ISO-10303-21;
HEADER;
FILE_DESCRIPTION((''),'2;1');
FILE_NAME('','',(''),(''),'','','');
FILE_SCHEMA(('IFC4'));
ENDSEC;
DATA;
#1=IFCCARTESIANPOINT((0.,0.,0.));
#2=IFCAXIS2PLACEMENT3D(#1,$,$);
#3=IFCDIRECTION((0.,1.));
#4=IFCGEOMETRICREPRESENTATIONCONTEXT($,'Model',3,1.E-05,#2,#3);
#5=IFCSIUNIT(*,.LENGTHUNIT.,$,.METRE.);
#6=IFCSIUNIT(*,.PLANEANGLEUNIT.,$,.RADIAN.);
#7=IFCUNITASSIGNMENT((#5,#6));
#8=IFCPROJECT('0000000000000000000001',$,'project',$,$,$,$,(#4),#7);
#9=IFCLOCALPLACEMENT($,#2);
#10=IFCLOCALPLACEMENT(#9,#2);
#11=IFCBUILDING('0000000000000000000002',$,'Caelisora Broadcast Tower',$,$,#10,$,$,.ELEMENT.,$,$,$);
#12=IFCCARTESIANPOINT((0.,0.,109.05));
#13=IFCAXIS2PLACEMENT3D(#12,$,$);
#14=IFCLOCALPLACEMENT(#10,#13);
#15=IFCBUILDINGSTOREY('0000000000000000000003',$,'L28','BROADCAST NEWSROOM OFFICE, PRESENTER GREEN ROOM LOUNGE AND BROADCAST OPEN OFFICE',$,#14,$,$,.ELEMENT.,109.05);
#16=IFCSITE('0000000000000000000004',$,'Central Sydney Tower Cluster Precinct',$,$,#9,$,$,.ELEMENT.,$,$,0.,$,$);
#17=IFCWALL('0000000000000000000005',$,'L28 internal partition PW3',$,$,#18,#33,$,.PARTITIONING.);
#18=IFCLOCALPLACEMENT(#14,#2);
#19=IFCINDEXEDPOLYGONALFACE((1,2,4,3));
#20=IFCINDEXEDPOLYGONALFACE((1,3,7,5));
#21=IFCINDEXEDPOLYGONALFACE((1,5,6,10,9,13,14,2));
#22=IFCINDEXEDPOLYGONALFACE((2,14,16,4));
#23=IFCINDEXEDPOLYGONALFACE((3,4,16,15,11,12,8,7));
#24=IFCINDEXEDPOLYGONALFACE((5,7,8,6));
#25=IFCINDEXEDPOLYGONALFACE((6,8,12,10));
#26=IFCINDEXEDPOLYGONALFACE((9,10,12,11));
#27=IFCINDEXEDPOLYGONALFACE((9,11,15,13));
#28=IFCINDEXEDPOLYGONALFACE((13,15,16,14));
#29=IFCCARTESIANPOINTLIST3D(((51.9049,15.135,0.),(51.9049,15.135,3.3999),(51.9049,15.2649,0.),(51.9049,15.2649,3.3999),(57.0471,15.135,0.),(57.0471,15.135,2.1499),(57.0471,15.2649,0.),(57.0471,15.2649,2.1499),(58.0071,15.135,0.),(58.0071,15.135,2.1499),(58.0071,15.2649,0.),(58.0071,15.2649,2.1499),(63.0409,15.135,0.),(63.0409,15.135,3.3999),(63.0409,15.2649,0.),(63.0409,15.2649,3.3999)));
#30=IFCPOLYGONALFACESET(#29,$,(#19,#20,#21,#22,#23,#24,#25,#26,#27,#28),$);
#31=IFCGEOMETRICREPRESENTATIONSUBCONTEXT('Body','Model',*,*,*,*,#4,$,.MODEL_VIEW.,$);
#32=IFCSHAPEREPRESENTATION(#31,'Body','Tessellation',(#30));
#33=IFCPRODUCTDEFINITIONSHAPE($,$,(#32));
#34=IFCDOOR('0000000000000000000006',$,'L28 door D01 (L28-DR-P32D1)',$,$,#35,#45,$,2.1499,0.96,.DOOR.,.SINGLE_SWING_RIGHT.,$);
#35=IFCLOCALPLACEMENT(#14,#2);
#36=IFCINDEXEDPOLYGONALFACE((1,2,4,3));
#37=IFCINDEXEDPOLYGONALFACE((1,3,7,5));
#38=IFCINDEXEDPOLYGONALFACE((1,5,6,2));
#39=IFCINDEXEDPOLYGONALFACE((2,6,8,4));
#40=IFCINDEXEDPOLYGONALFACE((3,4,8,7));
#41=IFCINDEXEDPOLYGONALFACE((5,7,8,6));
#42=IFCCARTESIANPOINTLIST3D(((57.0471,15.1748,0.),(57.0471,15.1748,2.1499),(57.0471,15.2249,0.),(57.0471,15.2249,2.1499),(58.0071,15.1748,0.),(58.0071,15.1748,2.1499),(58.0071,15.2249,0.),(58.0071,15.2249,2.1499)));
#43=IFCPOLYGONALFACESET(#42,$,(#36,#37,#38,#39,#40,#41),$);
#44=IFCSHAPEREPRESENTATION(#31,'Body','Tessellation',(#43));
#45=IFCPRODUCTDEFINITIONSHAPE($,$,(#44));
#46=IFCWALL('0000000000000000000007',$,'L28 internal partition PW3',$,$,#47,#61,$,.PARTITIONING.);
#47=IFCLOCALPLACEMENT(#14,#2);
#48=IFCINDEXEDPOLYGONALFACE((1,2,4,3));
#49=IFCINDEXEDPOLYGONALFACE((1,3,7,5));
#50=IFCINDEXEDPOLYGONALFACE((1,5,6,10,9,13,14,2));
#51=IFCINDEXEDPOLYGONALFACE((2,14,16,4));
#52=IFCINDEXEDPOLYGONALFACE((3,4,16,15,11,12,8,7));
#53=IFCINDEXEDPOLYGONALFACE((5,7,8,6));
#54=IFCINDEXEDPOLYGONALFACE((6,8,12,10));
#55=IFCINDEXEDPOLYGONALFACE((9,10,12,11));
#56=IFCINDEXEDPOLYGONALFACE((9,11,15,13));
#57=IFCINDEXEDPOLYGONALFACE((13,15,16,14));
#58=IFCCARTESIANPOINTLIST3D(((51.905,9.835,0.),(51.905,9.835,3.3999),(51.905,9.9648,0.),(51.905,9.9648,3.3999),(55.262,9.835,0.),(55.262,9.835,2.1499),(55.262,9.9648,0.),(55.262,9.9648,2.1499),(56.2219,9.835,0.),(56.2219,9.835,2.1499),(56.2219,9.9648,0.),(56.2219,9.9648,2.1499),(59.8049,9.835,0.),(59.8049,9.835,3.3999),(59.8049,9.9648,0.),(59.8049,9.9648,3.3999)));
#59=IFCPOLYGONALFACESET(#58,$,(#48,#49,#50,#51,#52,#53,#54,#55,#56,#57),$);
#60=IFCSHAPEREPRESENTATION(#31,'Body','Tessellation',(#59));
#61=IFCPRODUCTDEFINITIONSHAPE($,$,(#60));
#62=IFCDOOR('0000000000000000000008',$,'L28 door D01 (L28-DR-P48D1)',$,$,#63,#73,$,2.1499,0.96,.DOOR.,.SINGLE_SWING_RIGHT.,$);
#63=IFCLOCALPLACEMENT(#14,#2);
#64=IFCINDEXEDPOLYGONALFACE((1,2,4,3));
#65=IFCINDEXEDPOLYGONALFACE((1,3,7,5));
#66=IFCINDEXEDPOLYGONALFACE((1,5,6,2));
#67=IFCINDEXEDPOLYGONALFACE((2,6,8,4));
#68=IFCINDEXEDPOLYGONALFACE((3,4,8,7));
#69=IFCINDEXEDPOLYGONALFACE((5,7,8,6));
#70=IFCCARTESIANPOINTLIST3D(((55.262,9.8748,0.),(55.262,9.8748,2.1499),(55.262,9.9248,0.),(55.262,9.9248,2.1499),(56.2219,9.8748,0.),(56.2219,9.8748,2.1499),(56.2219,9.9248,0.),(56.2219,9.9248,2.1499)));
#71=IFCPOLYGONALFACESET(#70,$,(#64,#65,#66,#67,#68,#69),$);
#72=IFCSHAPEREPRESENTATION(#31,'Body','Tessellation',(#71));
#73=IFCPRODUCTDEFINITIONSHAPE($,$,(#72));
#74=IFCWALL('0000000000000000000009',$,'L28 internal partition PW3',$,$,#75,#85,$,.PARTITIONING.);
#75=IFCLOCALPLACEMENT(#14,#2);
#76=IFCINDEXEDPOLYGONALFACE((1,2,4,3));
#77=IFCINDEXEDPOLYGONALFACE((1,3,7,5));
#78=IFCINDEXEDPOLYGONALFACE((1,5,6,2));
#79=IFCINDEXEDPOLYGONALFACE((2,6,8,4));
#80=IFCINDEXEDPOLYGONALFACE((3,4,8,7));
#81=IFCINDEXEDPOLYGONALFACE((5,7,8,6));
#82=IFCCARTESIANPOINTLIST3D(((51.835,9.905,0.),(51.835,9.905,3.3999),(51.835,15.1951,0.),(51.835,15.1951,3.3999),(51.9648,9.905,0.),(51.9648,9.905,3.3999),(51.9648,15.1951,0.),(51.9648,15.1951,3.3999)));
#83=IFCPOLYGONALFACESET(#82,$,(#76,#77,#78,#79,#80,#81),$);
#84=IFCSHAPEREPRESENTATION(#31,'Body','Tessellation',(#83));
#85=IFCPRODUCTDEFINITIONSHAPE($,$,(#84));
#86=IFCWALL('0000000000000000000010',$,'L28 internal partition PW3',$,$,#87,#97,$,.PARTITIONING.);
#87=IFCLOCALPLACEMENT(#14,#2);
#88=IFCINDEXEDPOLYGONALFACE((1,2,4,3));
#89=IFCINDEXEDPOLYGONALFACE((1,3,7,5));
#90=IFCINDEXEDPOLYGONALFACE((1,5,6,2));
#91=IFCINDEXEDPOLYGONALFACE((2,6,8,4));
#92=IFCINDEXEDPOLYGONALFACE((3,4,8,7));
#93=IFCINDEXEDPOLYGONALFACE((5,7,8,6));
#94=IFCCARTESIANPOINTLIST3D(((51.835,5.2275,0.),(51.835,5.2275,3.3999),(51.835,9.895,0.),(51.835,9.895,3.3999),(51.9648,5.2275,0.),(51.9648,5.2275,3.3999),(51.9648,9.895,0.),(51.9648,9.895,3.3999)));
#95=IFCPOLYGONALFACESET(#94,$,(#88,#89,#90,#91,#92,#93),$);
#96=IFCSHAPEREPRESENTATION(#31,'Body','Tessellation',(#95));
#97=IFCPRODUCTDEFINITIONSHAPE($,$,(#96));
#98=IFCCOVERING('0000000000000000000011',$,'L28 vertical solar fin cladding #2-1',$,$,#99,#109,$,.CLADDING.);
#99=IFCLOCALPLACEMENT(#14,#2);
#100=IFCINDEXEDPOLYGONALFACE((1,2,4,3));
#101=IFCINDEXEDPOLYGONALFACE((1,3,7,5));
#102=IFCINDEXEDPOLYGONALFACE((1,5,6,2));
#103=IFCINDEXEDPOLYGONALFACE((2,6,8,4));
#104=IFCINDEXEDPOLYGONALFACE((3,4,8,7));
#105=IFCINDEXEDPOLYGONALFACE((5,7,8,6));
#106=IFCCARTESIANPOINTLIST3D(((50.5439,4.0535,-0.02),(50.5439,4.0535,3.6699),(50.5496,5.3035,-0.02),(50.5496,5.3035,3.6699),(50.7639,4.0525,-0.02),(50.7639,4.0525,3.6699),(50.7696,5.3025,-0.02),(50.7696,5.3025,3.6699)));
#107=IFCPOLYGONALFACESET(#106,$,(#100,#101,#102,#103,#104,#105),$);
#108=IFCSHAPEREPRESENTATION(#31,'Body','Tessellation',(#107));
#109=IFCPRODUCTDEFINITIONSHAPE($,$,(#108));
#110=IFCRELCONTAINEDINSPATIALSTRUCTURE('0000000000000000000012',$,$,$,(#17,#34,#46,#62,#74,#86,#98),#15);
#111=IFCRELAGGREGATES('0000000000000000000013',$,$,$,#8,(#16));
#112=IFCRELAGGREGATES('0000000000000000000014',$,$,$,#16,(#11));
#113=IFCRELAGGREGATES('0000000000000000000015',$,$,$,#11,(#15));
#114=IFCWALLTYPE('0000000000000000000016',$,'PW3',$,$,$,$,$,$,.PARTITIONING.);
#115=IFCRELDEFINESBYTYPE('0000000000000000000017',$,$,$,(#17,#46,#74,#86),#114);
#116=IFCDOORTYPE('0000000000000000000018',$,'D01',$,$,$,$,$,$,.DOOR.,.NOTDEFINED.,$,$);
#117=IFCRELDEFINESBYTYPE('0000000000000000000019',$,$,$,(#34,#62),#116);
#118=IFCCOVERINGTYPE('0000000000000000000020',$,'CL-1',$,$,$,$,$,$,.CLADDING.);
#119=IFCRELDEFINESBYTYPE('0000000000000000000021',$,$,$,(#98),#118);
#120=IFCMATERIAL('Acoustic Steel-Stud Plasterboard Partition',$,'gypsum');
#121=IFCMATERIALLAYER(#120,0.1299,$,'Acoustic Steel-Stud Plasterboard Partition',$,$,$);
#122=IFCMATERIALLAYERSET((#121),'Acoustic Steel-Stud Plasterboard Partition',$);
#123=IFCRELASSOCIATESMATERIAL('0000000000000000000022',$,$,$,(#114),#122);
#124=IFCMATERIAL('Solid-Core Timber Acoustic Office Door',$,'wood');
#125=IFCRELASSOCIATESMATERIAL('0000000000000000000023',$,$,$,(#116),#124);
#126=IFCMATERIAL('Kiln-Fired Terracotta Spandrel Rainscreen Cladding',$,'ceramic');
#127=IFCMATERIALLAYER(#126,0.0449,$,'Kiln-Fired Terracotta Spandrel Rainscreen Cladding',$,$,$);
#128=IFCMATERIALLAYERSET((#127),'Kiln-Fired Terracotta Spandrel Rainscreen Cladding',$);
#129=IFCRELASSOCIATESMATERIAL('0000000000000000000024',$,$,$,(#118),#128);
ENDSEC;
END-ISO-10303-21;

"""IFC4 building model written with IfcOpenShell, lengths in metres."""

from ifc_helpers import new_model, si_unit, direction, frame, frame_2d, origin, origin_2d, place, context, subcontext, project, spatial, rectangle, extrude, source, transform, mapped, material, layer, layer_set, type_object, type_shapes, element, fill, save


model = new_model("IFC4")

# Units and contexts
model_context = context("Model", 3, precision=1e-05, world=origin(), true_north=direction((0.0, 1.0)))
body_context = subcontext(model_context, "Body", "Model", "MODEL_VIEW")
ifc_project = project(units=[si_unit("LENGTHUNIT", "METRE"), si_unit("PLANEANGLEUNIT", "RADIAN")], contexts=[model_context])

# Site, building, storey
site_placement = place(None, origin())
site = spatial("IfcSite", under=ifc_project, at=site_placement, Name="Central Sydney Tower Cluster Precinct", CompositionType="ELEMENT", RefElevation=0.0)
building_placement = place(site_placement, origin())
building = spatial("IfcBuilding", under=site, at=building_placement, Name="Caelisora Broadcast Tower", CompositionType="ELEMENT")
storey_placement = place(building_placement, frame((0.0, 0.0, 109.05)))
storey = spatial("IfcBuildingStorey", under=building, at=storey_placement, Name="L28", Description="BROADCAST NEWSROOM OFFICE, PRESENTER GREEN ROOM LOUNGE AND BROADCAST OPEN OFFICE", CompositionType="ELEMENT", Elevation=109.05)

# Walls, openings, doors
ifc_material_1 = material(Name="Acoustic Steel-Stud Plasterboard Partition", Category="gypsum")
ifc_layer_1 = layer(ifc_material_1, 0.1299, Name="Acoustic Steel-Stud Plasterboard Partition")
ifc_layer_set_1 = layer_set([ifc_layer_1], Name="Acoustic Steel-Stud Plasterboard Partition")
wall_type_1 = type_object("IfcWallType", Name="PW3", PredefinedType="PARTITIONING", material=ifc_layer_set_1)
wall_1_placement = place(storey_placement, frame((51.905, 15.2, 0.0), z_axis=(0.0, 0.0, 1.0), x_axis=(1.0, 0.0, 0.0)))
wall_1 = element("IfcWall", 1, at=wall_1_placement, inside=storey, type_object=wall_type_1, Name="L28 internal partition PW3", PredefinedType="PARTITIONING", context=body_context, shape_type="SweptSolid", body=[
    extrude(rectangle(XDim=11.136, YDim=0.1299, at=frame_2d((5.5679, 0.0))), origin(), (0.0, 0.0, 1.0), 3.3999),
])
opening_1_placement = place(wall_1_placement, frame((5.1421, 0.0, 0.0)))
opening_1 = element("IfcOpeningElement", 2, at=opening_1_placement, cuts=wall_1, PredefinedType="OPENING", context=body_context, shape_type="SweptSolid", body=[
    extrude(rectangle(XDim=0.96, YDim=2.1499, at=frame_2d((0.48, 1.075))), frame((0.0, 0.0769, 0.0), z_axis=(0.0, -1.0, 0.0), x_axis=(1.0, 0.0, 0.0)), (0.0, 0.0, 1.0), 0.1538),
])
ifc_material_2 = material(Name="Solid-Core Timber Acoustic Office Door", Category="wood")
door_type = type_object("IfcDoorType", Name="D01", OperationType="NOTDEFINED", PredefinedType="DOOR", material=ifc_material_2)
door_1_placement = place(opening_1_placement, origin())
door_1 = element("IfcDoor", 3, at=door_1_placement, inside=storey, type_object=door_type, Name="L28 door D01 (L28-DR-P32D1)", OperationType="SINGLE_SWING_RIGHT", OverallHeight=2.1499, OverallWidth=0.96, PredefinedType="DOOR", context=body_context, shape_type="SweptSolid", body=[
    extrude(rectangle(XDim=0.96, YDim=2.1499, at=frame_2d((0.48, 1.075))), frame((0.0, 0.0249, 0.0), z_axis=(0.0, -1.0, 0.0), x_axis=(1.0, 0.0, 0.0)), (0.0, 0.0, 1.0), 0.05),
])
fill(opening_1, door_1)
wall_2_placement = place(storey_placement, frame((51.905, 9.8999, 0.0), z_axis=(0.0, 0.0, 1.0), x_axis=(1.0, 0.0, 0.0)))
wall_2 = element("IfcWall", 4, at=wall_2_placement, inside=storey, type_object=wall_type_1, Name="L28 internal partition PW3", PredefinedType="PARTITIONING", context=body_context, shape_type="SweptSolid", body=[
    extrude(rectangle(XDim=7.8999, YDim=0.1299, at=frame_2d((3.95, 0.0))), origin(), (0.0, 0.0, 1.0), 3.3999),
])
opening_2_placement = place(wall_2_placement, frame((3.3569, 0.0, 0.0)))
opening_2 = element("IfcOpeningElement", 5, at=opening_2_placement, cuts=wall_2, PredefinedType="OPENING", context=body_context, shape_type="SweptSolid", body=[
    extrude(rectangle(XDim=0.96, YDim=2.1499, at=frame_2d((0.48, 1.075))), frame((0.0, 0.0769, 0.0), z_axis=(0.0, -1.0, 0.0), x_axis=(1.0, 0.0, 0.0)), (0.0, 0.0, 1.0), 0.1538),
])
door_2_placement = place(opening_2_placement, origin())
door_2 = element("IfcDoor", 6, at=door_2_placement, inside=storey, type_object=door_type, Name="L28 door D01 (L28-DR-P48D1)", OperationType="SINGLE_SWING_RIGHT", OverallHeight=2.1499, OverallWidth=0.96, PredefinedType="DOOR", context=body_context, shape_type="SweptSolid", body=[
    extrude(rectangle(XDim=0.96, YDim=2.1499, at=frame_2d((0.48, 1.075))), frame((0.0, 0.0249, 0.0), z_axis=(0.0, -1.0, 0.0), x_axis=(1.0, 0.0, 0.0)), (0.0, 0.0, 1.0), 0.05),
])
fill(opening_2, door_2)

# Walls
wall_3_placement = place(storey_placement, frame((51.8999, 9.905, 0.0), z_axis=(0.0, 0.0, 1.0), x_axis=(0.0, 1.0, 0.0)))
element("IfcWall", 7, at=wall_3_placement, inside=storey, type_object=wall_type_1, Name="L28 internal partition PW3", PredefinedType="PARTITIONING", context=body_context, shape_type="SweptSolid", body=[
    extrude(rectangle(XDim=5.29, YDim=0.1299, at=frame_2d((2.645, 0.0))), origin(), (0.0, 0.0, 1.0), 3.3999),
])
wall_4_placement = place(storey_placement, frame((51.8999, 5.2275, 0.0), z_axis=(0.0, 0.0, 1.0), x_axis=(0.0, 1.0, 0.0)))
element("IfcWall", 8, at=wall_4_placement, inside=storey, type_object=wall_type_1, Name="L28 internal partition PW3", PredefinedType="PARTITIONING", context=body_context, shape_type="SweptSolid", body=[
    extrude(rectangle(XDim=4.6675, YDim=0.1299, at=frame_2d((2.3337, 0.0))), origin(), (0.0, 0.0, 1.0), 3.3999),
])

# Covering
ifc_material_3 = material(Name="Kiln-Fired Terracotta Spandrel Rainscreen Cladding", Category="ceramic")
ifc_layer_2 = layer(ifc_material_3, 0.0449, Name="Kiln-Fired Terracotta Spandrel Rainscreen Cladding")
ifc_layer_set_2 = layer_set([ifc_layer_2], Name="Kiln-Fired Terracotta Spandrel Rainscreen Cladding")
covering_type = type_object("IfcCoveringType", Name="CL-1", PredefinedType="CLADDING", material=ifc_layer_set_2)
shared_shape_1 = source(origin(), body_context, "Body", "SweptSolid", [
    extrude(rectangle(XDim=0.22, YDim=1.25, at=origin_2d()), origin(), (0.0, 0.0, 1.0), 3.6899),
])
type_shapes(covering_type, [shared_shape_1])
covering_placement = place(storey_placement, frame((50.6567, 4.678, -0.02), z_axis=(0.0, 0.0, 1.0), x_axis=(-0.99999, 0.004538, 0.0)))
element("IfcCovering", 9, at=covering_placement, inside=storey, type_object=covering_type, Name="L28 vertical solar fin cladding #2-1", PredefinedType="CLADDING", context=body_context, shape_type="MappedRepresentation", body=[
    mapped(shared_shape_1, transform((0.0, 0.0, 0.0), scale=1.0)),
])

save(model, "model.ifc")
